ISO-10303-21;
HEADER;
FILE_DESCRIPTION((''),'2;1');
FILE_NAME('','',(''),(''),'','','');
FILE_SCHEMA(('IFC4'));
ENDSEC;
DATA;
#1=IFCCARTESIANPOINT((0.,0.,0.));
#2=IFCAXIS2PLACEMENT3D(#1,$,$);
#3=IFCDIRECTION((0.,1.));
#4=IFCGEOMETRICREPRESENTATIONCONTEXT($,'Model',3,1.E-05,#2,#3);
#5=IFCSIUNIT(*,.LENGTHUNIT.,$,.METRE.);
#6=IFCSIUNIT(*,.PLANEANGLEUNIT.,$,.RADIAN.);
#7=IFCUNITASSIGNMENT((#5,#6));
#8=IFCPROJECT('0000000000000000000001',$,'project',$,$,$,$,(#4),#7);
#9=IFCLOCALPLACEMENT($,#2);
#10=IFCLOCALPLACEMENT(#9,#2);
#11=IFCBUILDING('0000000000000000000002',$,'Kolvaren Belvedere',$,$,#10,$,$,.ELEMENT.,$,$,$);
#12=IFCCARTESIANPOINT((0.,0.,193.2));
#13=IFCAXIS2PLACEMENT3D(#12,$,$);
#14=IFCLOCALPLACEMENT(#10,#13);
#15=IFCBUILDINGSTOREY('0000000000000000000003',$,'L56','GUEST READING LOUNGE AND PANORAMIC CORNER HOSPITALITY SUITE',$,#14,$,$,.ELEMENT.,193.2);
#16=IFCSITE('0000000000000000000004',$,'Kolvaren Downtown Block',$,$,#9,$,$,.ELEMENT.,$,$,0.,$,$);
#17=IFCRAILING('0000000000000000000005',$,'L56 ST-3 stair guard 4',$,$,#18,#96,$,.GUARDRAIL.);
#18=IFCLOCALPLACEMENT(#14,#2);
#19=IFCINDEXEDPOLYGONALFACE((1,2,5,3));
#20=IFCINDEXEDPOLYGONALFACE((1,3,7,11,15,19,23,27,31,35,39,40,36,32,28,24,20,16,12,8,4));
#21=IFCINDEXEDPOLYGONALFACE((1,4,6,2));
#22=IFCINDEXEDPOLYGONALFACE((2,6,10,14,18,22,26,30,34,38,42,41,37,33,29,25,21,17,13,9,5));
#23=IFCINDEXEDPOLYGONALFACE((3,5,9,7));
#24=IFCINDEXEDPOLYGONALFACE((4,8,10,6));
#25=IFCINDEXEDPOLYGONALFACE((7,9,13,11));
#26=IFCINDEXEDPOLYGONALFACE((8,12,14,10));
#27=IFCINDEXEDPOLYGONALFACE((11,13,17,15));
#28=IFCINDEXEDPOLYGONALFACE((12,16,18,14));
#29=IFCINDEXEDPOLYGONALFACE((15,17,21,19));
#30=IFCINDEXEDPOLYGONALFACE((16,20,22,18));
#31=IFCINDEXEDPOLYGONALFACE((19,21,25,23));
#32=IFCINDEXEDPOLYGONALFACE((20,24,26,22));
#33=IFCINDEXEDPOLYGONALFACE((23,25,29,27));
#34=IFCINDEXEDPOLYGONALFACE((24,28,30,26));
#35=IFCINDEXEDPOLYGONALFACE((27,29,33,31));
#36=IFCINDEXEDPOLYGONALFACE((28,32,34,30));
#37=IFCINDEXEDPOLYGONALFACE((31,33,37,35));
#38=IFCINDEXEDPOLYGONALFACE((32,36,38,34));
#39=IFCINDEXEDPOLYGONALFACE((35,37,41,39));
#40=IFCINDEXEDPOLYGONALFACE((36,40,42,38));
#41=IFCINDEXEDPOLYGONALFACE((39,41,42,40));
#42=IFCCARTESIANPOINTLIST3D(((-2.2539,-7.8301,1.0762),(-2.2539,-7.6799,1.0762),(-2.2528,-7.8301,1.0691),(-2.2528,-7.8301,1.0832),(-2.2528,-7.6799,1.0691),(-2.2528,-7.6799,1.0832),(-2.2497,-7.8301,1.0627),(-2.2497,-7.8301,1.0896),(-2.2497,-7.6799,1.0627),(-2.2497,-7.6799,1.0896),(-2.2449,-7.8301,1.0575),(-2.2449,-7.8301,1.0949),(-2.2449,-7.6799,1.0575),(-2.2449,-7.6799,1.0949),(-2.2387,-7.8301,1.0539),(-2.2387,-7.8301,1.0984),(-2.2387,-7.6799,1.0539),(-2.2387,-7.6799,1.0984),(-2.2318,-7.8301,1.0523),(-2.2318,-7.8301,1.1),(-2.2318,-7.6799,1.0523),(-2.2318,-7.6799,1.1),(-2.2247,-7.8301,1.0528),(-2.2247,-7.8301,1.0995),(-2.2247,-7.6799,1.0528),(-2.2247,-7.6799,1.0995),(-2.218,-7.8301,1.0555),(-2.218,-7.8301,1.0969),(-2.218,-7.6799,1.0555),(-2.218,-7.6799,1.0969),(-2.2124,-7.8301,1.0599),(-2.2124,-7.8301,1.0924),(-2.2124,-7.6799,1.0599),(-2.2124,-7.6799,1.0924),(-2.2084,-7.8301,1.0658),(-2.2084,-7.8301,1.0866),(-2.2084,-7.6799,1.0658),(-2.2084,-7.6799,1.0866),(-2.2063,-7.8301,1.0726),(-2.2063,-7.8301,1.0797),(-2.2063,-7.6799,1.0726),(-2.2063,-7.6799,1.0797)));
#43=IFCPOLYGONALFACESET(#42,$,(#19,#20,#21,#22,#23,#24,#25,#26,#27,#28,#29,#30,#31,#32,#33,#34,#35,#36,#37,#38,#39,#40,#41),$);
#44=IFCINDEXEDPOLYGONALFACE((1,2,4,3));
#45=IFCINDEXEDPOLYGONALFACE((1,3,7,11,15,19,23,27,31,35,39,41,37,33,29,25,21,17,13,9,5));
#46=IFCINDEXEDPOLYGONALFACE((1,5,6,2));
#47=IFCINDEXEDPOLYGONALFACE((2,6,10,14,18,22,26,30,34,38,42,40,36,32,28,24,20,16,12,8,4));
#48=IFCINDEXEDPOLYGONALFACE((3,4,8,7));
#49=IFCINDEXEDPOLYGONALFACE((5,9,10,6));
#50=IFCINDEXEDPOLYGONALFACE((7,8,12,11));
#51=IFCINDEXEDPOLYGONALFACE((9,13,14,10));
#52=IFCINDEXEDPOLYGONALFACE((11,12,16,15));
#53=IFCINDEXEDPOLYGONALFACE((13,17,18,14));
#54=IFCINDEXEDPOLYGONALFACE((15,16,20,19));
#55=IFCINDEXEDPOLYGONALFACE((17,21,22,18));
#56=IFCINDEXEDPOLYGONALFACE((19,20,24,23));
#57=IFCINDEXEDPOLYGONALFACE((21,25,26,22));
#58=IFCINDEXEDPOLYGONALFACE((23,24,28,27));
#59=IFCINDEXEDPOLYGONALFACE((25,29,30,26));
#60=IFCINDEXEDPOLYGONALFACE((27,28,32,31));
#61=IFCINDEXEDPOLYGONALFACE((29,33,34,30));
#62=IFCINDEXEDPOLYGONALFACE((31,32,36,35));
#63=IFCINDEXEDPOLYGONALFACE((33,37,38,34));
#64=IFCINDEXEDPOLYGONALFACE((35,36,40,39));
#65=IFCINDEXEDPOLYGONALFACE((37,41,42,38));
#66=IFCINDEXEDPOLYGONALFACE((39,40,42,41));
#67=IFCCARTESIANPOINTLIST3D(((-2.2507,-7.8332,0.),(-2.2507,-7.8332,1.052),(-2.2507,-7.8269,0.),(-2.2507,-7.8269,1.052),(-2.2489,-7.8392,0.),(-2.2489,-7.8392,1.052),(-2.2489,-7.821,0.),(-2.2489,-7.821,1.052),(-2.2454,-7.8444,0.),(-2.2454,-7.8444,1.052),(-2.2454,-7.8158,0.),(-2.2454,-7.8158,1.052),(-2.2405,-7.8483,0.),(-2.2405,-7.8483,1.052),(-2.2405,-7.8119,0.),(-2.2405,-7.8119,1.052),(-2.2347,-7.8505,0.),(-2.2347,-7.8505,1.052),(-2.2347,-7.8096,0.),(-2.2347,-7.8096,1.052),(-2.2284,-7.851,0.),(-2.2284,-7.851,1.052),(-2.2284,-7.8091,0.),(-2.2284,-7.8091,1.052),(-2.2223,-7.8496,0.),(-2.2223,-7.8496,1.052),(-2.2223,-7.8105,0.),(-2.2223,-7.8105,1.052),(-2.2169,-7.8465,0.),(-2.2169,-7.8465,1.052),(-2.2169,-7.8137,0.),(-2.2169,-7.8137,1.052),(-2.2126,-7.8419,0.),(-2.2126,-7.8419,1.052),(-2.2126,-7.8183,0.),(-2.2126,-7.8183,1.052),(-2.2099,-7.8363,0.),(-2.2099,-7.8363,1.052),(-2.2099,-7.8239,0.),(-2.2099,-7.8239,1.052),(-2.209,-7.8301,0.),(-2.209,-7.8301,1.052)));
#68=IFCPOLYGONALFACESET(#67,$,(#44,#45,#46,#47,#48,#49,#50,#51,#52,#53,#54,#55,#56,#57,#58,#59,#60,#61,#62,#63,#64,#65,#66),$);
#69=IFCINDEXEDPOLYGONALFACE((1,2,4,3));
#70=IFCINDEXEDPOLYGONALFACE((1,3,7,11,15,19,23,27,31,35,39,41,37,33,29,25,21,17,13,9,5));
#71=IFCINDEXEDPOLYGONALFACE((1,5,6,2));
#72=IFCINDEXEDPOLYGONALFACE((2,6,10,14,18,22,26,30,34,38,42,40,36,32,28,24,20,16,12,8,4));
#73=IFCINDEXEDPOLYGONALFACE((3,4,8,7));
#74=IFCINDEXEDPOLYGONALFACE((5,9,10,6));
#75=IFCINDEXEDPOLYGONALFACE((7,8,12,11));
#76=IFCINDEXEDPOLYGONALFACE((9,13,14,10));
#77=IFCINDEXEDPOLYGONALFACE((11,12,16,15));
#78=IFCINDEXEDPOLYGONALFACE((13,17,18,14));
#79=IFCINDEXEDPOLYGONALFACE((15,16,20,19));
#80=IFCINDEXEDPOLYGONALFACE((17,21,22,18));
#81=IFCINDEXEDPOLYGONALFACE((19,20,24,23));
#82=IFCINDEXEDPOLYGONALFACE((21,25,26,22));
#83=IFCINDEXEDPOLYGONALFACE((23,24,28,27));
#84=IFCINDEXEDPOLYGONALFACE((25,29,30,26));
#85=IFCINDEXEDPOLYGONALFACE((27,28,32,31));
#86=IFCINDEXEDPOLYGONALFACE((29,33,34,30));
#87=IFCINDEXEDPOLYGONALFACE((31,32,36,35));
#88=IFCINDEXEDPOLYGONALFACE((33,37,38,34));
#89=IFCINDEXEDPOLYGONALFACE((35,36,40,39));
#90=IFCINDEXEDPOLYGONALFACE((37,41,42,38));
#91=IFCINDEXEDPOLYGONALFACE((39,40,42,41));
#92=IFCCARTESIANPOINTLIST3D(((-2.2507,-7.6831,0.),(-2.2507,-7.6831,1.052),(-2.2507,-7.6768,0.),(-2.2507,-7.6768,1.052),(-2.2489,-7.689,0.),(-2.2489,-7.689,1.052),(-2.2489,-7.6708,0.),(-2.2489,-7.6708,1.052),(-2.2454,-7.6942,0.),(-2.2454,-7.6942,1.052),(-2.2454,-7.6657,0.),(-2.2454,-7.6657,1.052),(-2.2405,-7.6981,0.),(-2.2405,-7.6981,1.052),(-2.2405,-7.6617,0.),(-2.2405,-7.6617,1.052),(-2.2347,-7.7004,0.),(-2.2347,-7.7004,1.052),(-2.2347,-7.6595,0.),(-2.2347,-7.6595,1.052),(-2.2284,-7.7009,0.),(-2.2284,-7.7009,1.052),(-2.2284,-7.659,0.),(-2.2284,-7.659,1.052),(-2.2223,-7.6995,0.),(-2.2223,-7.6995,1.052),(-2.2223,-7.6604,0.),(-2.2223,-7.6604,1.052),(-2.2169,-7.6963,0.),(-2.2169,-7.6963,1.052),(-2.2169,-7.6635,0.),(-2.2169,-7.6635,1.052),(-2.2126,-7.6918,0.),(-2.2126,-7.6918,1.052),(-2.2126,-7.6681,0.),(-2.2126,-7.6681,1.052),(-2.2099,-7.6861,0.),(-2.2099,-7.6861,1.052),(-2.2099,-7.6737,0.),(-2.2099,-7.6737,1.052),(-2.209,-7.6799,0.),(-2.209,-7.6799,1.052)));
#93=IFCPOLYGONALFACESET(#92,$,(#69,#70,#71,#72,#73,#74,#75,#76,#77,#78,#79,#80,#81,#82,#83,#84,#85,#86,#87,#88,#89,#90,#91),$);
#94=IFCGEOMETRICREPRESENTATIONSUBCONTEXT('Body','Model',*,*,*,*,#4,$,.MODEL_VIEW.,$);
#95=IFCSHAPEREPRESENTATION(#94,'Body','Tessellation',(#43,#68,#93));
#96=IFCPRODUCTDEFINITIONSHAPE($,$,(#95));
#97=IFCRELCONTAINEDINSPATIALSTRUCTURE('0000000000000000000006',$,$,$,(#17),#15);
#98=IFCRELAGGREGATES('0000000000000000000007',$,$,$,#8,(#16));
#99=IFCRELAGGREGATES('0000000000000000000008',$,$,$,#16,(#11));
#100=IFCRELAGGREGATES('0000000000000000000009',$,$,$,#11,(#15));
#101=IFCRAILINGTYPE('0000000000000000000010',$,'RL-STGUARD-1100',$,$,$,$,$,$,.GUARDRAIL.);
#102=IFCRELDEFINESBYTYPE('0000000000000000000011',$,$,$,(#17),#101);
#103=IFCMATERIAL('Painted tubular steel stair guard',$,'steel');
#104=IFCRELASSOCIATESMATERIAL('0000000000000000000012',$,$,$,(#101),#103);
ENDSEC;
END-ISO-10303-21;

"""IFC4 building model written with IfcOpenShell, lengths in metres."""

from ifc_helpers import new_model, si_unit, direction, frame, origin, origin_2d, place, context, subcontext, project, spatial, circle, extrude, material, type_object, element, save


model = new_model("IFC4")

# Units and contexts
model_context = context("Model", 3, precision=1e-05, world=origin(), true_north=direction((0.0, 1.0)))
body_context = subcontext(model_context, "Body", "Model", "MODEL_VIEW")
ifc_project = project(units=[si_unit("LENGTHUNIT", "METRE"), si_unit("PLANEANGLEUNIT", "RADIAN")], contexts=[model_context])

# Site, building, storey
site_placement = place(None, origin())
site = spatial("IfcSite", under=ifc_project, at=site_placement, Name="Kolvaren Downtown Block", CompositionType="ELEMENT", RefElevation=0.0)
building_placement = place(site_placement, origin())
building = spatial("IfcBuilding", under=site, at=building_placement, Name="Kolvaren Belvedere", CompositionType="ELEMENT")
storey_placement = place(building_placement, frame((0.0, 0.0, 193.2)))
storey = spatial("IfcBuildingStorey", under=building, at=storey_placement, Name="L56", Description="GUEST READING LOUNGE AND PANORAMIC CORNER HOSPITALITY SUITE", CompositionType="ELEMENT", Elevation=193.2)

# Railing
ifc_material_1 = material(Name="Painted tubular steel stair guard", Category="steel")
railing_type_1 = type_object("IfcRailingType", Name="RL-STGUARD-1100", PredefinedType="GUARDRAIL", material=ifc_material_1)
railing_1_placement = place(storey_placement, frame((-2.23, -7.8301, 0.0)))
element("IfcRailing", 1, at=railing_1_placement, inside=storey, type_object=railing_type_1, Name="L56 ST-3 stair guard 4", PredefinedType="GUARDRAIL", context=body_context, shape_type="SweptSolid", body=[
    extrude(circle(Radius=0.0239, at=origin_2d()), frame((0.0, 0.0, 1.0762), z_axis=(0.0, 1.0, 0.0), x_axis=(-1.0, 0.0, 0.0)), (0.0, 0.0, 1.0), 0.1501),
    extrude(circle(Radius=0.021, at=origin_2d()), origin(), (0.0, 0.0, 1.0), 1.052),
    extrude(circle(Radius=0.021, at=origin_2d()), frame((0.0, 0.1501, 0.0)), (0.0, 0.0, 1.0), 1.052),
])

save(model, "model.ifc")
